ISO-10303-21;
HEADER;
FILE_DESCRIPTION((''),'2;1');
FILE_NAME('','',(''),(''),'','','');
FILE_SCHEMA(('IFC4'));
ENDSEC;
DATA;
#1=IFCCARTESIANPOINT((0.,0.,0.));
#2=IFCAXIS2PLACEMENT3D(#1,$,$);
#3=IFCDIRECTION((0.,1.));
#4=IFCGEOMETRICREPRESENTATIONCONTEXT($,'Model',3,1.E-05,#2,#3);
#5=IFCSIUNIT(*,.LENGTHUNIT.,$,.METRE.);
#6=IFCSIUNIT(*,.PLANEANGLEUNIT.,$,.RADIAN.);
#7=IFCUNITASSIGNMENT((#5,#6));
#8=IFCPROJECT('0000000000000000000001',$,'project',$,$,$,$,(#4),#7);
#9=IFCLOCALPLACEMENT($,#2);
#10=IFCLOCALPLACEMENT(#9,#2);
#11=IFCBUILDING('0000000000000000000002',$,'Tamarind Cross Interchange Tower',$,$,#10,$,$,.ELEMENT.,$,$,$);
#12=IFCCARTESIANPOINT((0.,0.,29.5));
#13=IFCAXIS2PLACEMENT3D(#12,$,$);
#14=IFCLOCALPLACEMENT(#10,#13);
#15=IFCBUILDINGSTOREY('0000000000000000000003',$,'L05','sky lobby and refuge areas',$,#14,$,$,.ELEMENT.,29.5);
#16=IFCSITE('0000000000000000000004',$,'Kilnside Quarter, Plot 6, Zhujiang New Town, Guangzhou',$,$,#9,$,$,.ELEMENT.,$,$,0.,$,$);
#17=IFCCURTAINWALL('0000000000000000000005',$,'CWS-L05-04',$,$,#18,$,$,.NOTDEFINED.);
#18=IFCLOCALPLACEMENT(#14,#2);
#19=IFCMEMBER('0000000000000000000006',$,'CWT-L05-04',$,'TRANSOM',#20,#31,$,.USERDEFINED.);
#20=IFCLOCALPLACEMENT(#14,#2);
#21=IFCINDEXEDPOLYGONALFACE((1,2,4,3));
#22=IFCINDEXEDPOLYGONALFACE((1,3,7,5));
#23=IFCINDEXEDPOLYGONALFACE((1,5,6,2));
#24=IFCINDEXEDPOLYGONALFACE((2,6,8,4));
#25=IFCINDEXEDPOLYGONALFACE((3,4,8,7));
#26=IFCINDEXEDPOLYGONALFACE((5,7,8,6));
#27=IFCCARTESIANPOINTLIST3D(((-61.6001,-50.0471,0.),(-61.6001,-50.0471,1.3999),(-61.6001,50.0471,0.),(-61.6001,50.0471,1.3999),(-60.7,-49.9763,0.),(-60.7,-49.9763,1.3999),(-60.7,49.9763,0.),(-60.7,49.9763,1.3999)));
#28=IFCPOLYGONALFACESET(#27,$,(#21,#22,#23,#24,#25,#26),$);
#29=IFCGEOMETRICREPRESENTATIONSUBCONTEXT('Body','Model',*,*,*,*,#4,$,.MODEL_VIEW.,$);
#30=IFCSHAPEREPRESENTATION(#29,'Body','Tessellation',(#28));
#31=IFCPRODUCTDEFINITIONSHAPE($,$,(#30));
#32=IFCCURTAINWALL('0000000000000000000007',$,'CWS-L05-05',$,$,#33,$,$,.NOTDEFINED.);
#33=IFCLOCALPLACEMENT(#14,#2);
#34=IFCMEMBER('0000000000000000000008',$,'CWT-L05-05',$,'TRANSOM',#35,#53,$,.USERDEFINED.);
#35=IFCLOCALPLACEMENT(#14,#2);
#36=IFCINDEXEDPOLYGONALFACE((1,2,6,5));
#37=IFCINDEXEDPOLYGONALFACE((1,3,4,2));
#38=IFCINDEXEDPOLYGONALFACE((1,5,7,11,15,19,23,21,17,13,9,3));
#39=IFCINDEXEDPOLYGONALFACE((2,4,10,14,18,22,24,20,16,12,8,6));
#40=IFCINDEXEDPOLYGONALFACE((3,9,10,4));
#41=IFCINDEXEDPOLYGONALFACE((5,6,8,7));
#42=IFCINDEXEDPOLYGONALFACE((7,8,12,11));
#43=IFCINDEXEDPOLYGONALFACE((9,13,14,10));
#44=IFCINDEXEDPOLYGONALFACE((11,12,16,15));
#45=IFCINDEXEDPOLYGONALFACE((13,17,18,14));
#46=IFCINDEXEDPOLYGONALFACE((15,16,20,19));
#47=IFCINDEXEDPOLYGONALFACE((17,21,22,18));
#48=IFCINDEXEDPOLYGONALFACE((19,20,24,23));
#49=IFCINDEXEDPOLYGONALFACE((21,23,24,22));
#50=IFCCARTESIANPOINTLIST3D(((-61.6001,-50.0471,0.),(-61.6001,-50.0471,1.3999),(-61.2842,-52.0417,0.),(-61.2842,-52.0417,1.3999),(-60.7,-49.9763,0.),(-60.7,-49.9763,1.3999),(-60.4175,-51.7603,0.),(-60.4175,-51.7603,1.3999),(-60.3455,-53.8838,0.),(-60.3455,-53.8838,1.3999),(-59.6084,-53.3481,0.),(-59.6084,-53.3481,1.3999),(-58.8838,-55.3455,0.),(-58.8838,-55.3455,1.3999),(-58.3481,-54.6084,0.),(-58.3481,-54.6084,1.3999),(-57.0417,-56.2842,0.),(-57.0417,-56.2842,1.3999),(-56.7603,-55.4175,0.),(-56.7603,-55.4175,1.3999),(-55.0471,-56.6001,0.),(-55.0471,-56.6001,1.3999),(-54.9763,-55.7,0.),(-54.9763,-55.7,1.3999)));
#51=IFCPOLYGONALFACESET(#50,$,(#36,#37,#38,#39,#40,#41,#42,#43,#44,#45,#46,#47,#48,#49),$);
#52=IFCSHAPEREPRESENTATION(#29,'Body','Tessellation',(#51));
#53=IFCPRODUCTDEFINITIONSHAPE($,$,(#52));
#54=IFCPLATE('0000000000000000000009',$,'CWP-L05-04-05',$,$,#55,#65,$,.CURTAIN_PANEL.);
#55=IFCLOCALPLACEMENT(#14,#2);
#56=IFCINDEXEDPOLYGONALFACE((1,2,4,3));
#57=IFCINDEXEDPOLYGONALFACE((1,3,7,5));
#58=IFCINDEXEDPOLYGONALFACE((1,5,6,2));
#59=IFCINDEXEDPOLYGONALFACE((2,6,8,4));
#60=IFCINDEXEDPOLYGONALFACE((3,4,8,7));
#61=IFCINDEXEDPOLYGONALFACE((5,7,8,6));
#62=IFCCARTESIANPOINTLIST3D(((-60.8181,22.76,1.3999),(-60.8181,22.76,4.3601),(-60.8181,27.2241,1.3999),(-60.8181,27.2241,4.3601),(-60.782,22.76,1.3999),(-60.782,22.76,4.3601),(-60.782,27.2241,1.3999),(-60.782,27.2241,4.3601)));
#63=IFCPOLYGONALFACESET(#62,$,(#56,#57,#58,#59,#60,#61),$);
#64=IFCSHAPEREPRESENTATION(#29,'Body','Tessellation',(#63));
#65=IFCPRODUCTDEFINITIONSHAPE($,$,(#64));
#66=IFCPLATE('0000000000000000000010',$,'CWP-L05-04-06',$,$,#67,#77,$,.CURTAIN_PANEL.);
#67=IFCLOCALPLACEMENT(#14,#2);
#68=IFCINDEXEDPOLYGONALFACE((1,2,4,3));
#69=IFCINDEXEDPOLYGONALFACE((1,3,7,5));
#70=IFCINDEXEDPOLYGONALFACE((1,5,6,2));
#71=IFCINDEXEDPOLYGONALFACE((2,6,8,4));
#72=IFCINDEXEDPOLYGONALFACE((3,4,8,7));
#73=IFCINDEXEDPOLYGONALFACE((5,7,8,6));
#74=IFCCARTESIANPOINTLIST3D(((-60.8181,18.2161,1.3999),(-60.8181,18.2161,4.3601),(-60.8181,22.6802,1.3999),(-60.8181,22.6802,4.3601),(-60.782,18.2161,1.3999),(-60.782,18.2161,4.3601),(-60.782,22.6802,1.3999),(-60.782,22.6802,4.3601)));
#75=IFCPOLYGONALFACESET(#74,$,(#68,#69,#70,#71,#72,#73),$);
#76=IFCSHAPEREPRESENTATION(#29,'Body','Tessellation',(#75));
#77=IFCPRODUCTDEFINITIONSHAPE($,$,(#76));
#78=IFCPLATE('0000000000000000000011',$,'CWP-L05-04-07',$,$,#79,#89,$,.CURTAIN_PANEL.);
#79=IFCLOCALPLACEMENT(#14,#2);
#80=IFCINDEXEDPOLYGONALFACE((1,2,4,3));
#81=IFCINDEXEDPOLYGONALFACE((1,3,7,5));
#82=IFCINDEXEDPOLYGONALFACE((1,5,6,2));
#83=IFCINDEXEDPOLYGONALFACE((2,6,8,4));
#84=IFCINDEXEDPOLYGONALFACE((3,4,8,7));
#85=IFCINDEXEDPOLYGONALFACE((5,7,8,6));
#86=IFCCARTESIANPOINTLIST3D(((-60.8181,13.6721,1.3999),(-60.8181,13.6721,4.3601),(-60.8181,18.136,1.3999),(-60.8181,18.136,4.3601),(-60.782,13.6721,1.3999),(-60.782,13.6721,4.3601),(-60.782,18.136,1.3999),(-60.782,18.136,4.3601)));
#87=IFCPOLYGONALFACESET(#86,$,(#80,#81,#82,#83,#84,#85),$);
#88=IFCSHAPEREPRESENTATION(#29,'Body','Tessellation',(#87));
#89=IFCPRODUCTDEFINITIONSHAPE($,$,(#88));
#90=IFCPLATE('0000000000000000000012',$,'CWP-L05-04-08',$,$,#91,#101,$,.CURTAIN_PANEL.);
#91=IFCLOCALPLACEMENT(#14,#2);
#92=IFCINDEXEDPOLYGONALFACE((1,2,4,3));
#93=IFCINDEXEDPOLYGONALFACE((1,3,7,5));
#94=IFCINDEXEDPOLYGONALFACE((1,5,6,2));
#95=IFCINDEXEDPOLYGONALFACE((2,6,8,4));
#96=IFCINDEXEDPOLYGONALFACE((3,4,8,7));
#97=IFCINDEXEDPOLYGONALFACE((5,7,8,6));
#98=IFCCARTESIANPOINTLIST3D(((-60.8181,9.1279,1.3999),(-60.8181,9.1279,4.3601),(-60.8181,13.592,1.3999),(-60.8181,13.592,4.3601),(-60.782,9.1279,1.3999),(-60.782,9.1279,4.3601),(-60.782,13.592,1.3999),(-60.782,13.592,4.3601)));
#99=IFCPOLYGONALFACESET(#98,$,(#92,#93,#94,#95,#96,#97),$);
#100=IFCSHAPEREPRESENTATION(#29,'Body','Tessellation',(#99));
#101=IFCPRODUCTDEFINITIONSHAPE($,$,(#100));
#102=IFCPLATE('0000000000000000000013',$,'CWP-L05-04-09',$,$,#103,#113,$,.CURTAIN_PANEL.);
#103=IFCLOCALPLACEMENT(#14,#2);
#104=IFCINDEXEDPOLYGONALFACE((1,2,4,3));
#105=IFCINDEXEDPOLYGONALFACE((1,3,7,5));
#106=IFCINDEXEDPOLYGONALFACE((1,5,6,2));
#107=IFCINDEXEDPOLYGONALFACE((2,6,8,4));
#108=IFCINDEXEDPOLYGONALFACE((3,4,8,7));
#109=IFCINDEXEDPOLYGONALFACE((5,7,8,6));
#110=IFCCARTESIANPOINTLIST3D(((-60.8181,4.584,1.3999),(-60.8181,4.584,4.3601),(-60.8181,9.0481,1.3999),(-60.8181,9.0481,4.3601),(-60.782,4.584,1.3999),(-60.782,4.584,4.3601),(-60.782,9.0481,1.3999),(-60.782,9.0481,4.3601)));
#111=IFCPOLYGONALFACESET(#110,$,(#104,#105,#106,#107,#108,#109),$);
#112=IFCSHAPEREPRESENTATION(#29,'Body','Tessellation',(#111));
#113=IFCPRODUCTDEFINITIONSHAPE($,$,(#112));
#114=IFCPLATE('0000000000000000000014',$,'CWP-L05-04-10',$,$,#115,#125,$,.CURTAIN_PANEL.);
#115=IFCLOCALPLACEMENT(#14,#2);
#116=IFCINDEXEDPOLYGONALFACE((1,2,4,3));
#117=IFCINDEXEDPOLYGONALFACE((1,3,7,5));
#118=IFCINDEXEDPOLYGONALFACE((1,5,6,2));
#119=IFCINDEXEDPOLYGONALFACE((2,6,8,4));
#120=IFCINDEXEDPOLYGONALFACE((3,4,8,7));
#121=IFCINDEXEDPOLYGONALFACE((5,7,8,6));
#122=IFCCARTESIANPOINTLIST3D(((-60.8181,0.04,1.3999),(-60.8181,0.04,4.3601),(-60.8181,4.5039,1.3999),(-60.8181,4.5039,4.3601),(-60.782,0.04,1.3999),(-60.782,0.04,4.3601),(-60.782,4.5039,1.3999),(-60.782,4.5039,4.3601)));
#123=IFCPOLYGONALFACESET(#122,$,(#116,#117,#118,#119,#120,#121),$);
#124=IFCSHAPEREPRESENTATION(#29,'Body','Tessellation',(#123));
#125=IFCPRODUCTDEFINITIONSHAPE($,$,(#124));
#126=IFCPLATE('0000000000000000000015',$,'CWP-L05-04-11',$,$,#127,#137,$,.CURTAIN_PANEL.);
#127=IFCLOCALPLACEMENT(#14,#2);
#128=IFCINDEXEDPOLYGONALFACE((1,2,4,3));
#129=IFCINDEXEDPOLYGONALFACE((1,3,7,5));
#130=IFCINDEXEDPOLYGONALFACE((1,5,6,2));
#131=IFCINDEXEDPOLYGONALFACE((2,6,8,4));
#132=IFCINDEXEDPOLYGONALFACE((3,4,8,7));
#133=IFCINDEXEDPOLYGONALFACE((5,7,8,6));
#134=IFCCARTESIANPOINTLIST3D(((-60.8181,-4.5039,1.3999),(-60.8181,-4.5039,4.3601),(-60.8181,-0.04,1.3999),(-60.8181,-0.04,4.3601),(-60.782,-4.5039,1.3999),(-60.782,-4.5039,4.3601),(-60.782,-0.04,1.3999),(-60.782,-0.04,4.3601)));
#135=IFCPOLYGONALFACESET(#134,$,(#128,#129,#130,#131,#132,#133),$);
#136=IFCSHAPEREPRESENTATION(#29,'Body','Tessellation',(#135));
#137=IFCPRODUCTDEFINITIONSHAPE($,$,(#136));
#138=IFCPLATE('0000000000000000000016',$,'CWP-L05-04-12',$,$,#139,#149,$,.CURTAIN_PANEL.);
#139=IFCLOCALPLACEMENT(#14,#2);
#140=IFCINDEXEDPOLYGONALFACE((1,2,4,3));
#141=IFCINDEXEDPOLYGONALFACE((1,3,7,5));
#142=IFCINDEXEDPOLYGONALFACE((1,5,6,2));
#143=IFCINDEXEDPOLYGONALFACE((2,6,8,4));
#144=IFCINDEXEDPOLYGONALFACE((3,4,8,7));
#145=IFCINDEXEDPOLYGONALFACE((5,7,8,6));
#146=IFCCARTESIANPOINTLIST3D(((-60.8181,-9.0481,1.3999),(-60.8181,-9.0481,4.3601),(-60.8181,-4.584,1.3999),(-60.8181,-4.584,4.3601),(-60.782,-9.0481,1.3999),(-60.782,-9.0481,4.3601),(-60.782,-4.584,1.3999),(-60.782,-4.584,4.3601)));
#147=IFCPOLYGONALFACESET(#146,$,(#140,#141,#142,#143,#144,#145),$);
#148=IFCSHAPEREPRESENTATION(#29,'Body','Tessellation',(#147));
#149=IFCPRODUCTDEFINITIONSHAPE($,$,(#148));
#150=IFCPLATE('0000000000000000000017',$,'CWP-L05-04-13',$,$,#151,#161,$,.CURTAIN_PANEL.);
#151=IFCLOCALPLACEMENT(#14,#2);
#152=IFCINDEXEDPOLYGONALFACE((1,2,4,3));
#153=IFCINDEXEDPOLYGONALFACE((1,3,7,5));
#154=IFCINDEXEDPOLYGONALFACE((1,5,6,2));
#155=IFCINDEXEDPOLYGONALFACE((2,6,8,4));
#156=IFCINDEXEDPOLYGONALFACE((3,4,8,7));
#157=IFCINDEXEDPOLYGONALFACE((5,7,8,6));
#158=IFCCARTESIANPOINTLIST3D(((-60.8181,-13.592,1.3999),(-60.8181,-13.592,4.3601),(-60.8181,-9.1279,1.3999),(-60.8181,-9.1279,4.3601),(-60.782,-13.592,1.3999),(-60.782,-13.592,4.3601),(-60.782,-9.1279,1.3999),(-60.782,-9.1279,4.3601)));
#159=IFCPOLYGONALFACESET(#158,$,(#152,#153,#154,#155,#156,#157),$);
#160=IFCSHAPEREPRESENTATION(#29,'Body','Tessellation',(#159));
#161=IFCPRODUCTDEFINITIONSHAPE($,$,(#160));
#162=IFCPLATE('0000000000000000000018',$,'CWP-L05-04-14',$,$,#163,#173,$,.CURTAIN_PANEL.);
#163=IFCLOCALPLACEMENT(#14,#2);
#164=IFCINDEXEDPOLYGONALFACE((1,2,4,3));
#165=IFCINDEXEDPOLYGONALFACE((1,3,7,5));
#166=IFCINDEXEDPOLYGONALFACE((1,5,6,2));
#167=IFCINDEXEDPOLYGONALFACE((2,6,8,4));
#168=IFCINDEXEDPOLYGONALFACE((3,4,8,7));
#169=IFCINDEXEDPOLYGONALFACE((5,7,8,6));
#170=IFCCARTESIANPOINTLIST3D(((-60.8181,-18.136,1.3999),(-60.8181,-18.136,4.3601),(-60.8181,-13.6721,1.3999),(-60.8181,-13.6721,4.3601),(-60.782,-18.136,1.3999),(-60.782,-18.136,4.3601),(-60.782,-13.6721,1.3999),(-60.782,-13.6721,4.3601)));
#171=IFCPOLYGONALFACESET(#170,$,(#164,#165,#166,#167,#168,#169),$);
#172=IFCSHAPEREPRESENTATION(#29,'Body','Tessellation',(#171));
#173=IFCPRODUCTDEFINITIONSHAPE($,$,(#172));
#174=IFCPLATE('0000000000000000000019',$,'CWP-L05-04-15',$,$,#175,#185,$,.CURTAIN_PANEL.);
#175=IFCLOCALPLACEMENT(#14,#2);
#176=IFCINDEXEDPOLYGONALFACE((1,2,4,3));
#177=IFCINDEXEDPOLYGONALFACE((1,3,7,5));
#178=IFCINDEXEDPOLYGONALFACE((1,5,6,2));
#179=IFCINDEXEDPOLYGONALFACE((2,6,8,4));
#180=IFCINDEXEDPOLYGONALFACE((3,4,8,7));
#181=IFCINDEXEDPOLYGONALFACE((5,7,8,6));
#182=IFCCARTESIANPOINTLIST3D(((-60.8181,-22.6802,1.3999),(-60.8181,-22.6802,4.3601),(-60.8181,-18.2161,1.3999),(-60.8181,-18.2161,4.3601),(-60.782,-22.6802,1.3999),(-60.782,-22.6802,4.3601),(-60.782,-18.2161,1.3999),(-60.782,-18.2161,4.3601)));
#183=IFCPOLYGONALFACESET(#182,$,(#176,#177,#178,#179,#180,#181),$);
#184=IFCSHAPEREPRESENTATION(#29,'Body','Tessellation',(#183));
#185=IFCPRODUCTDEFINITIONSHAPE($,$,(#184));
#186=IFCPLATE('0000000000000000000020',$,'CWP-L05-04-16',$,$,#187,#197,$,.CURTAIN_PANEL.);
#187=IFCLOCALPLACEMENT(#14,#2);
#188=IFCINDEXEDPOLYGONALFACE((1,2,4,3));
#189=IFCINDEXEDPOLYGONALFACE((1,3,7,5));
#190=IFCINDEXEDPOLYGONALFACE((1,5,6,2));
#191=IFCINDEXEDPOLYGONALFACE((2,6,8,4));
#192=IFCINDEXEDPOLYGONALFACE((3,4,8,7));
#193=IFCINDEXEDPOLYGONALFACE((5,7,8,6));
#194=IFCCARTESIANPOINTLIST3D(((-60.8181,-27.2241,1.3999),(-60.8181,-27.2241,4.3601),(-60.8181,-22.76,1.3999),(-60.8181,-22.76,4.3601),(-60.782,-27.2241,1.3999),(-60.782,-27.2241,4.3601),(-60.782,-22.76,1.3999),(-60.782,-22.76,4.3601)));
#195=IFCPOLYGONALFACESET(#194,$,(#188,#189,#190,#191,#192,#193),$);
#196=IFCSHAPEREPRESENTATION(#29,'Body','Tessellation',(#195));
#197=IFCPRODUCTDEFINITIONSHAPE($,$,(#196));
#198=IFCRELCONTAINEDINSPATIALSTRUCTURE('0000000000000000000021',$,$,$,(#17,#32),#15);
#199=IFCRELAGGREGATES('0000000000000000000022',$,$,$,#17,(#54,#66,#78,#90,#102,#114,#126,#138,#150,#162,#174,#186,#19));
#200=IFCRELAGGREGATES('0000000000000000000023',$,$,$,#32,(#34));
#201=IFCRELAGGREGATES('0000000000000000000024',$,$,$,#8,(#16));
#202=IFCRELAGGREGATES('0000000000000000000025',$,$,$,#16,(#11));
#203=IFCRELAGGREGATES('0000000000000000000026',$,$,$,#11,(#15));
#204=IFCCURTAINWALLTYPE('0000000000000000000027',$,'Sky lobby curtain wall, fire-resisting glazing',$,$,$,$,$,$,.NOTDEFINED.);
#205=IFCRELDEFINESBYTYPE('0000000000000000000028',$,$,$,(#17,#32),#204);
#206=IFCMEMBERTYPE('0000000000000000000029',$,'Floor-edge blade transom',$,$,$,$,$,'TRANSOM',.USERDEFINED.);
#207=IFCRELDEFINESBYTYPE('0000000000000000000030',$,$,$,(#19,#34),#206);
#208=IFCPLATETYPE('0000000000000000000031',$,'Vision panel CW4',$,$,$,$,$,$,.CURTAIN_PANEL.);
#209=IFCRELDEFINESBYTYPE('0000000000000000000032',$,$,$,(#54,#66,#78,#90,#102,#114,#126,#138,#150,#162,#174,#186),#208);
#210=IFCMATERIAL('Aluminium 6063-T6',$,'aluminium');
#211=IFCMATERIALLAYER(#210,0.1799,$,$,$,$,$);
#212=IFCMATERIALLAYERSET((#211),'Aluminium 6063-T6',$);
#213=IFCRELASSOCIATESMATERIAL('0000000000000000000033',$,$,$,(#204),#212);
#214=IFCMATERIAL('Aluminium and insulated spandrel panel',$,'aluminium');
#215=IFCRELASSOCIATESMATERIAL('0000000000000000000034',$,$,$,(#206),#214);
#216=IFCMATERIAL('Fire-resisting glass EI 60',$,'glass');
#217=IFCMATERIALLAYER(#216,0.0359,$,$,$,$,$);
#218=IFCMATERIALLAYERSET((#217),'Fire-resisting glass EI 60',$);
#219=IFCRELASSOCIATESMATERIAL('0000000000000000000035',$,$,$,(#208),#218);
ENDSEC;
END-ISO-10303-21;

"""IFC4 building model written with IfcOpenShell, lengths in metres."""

from ifc_helpers import new_model, si_unit, direction, frame, origin, place, context, subcontext, project, spatial, polyline, outline, extrude, material, layer, layer_set, type_object, element, aggregate, save


model = new_model("IFC4")

# Units and contexts
model_context = context("Model", 3, precision=1e-05, world=origin(), true_north=direction((0.0, 1.0)))
body_context = subcontext(model_context, "Body", "Model", "MODEL_VIEW")
ifc_project = project(units=[si_unit("LENGTHUNIT", "METRE"), si_unit("PLANEANGLEUNIT", "RADIAN")], contexts=[model_context])

# Site, building, storey
site_placement = place(None, origin())
site = spatial("IfcSite", under=ifc_project, at=site_placement, Name="Kilnside Quarter, Plot 6, Zhujiang New Town, Guangzhou", CompositionType="ELEMENT", RefElevation=0.0)
building_placement = place(site_placement, origin())
building = spatial("IfcBuilding", under=site, at=building_placement, Name="Tamarind Cross Interchange Tower", CompositionType="ELEMENT")
storey_placement = place(building_placement, frame((0.0, 0.0, 29.5)))
storey = spatial("IfcBuildingStorey", under=building, at=storey_placement, Name="L05", Description="sky lobby and refuge areas", CompositionType="ELEMENT", Elevation=29.5)

# Curtain walls, members
ifc_material_1 = material(Name="Aluminium 6063-T6", Category="aluminium")
ifc_layer_1 = layer(ifc_material_1, 0.1799)
ifc_layer_set_1 = layer_set([ifc_layer_1], Name="Aluminium 6063-T6")
curtain_wall_type = type_object("IfcCurtainWallType", Name="Sky lobby curtain wall, fire-resisting glazing", PredefinedType="NOTDEFINED", material=ifc_layer_set_1)
curtain_wall_1_placement = place(storey_placement, origin())
curtain_wall_1 = element("IfcCurtainWall", 1, at=curtain_wall_1_placement, inside=storey, type_object=curtain_wall_type, Name="CWS-L05-04", PredefinedType="NOTDEFINED")
ifc_material_2 = material(Name="Aluminium and insulated spandrel panel", Category="aluminium")
member_type = type_object("IfcMemberType", Name="Floor-edge blade transom", ElementType="TRANSOM", PredefinedType="USERDEFINED", material=ifc_material_2)
member_1_placement = place(storey_placement, origin())
member_1 = element("IfcMember", 2, at=member_1_placement, type_object=member_type, Name="CWT-L05-04", ObjectType="TRANSOM", PredefinedType="USERDEFINED", context=body_context, shape_type="SweptSolid", body=[
    extrude(outline(polyline([(-60.7, 49.9763), (-60.7, -49.9763), (-61.6001, -50.0471), (-61.6001, 50.0471), (-60.7, 49.9763)])), origin(), (0.0, 0.0, 1.0), 1.3999),
])
curtain_wall_2_placement = place(storey_placement, origin())
curtain_wall_2 = element("IfcCurtainWall", 3, at=curtain_wall_2_placement, inside=storey, type_object=curtain_wall_type, Name="CWS-L05-05", PredefinedType="NOTDEFINED")
member_2_placement = place(storey_placement, origin())
member_2 = element("IfcMember", 4, at=member_2_placement, type_object=member_type, Name="CWT-L05-05", ObjectType="TRANSOM", PredefinedType="USERDEFINED", context=body_context, shape_type="SweptSolid", body=[
    extrude(outline(polyline([(-60.7, -49.9763), (-60.4175, -51.7603), (-59.6084, -53.3481), (-58.3481, -54.6084), (-56.7603, -55.4175), (-54.9763, -55.7), (-55.0471, -56.6001), (-57.0417, -56.2842), (-58.8838, -55.3455), (-60.3455, -53.8838), (-61.2842, -52.0417), (-61.6001, -50.0471), (-60.7, -49.9763)])), origin(), (0.0, 0.0, 1.0), 1.3999),
])

# Plates
ifc_material_3 = material(Name="Fire-resisting glass EI 60", Category="glass")
ifc_layer_2 = layer(ifc_material_3, 0.0359)
ifc_layer_set_2 = layer_set([ifc_layer_2], Name="Fire-resisting glass EI 60")
plate_type = type_object("IfcPlateType", Name="Vision panel CW4", PredefinedType="CURTAIN_PANEL", material=ifc_layer_set_2)
plate_1_placement = place(storey_placement, frame((0.0, 0.0, 1.3999)))
plate_1 = element("IfcPlate", 5, at=plate_1_placement, type_object=plate_type, Name="CWP-L05-04-05", PredefinedType="CURTAIN_PANEL", context=body_context, shape_type="SweptSolid", body=[
    extrude(outline(polyline([(-60.782, 27.2241), (-60.782, 22.76), (-60.8181, 22.76), (-60.8181, 27.2241), (-60.782, 27.2241)])), origin(), (0.0, 0.0, 1.0), 2.9602),
])
plate_2_placement = place(storey_placement, frame((0.0, 0.0, 1.3999)))
plate_2 = element("IfcPlate", 6, at=plate_2_placement, type_object=plate_type, Name="CWP-L05-04-06", PredefinedType="CURTAIN_PANEL", context=body_context, shape_type="SweptSolid", body=[
    extrude(outline(polyline([(-60.782, 22.6802), (-60.782, 18.2161), (-60.8181, 18.2161), (-60.8181, 22.6802), (-60.782, 22.6802)])), origin(), (0.0, 0.0, 1.0), 2.9602),
])
plate_3_placement = place(storey_placement, frame((0.0, 0.0, 1.3999)))
plate_3 = element("IfcPlate", 7, at=plate_3_placement, type_object=plate_type, Name="CWP-L05-04-07", PredefinedType="CURTAIN_PANEL", context=body_context, shape_type="SweptSolid", body=[
    extrude(outline(polyline([(-60.782, 18.136), (-60.782, 13.6721), (-60.8181, 13.6721), (-60.8181, 18.136), (-60.782, 18.136)])), origin(), (0.0, 0.0, 1.0), 2.9602),
])
plate_4_placement = place(storey_placement, frame((0.0, 0.0, 1.3999)))
plate_4 = element("IfcPlate", 8, at=plate_4_placement, type_object=plate_type, Name="CWP-L05-04-08", PredefinedType="CURTAIN_PANEL", context=body_context, shape_type="SweptSolid", body=[
    extrude(outline(polyline([(-60.782, 13.592), (-60.782, 9.1279), (-60.8181, 9.1279), (-60.8181, 13.592), (-60.782, 13.592)])), origin(), (0.0, 0.0, 1.0), 2.9602),
])
plate_5_placement = place(storey_placement, frame((0.0, 0.0, 1.3999)))
plate_5 = element("IfcPlate", 9, at=plate_5_placement, type_object=plate_type, Name="CWP-L05-04-09", PredefinedType="CURTAIN_PANEL", context=body_context, shape_type="SweptSolid", body=[
    extrude(outline(polyline([(-60.782, 9.0481), (-60.782, 4.584), (-60.8181, 4.584), (-60.8181, 9.0481), (-60.782, 9.0481)])), origin(), (0.0, 0.0, 1.0), 2.9602),
])
plate_6_placement = place(storey_placement, frame((0.0, 0.0, 1.3999)))
plate_6 = element("IfcPlate", 10, at=plate_6_placement, type_object=plate_type, Name="CWP-L05-04-10", PredefinedType="CURTAIN_PANEL", context=body_context, shape_type="SweptSolid", body=[
    extrude(outline(polyline([(-60.782, 4.5039), (-60.782, 0.04), (-60.8181, 0.04), (-60.8181, 4.5039), (-60.782, 4.5039)])), origin(), (0.0, 0.0, 1.0), 2.9602),
])
plate_7_placement = place(storey_placement, frame((0.0, 0.0, 1.3999)))
plate_7 = element("IfcPlate", 11, at=plate_7_placement, type_object=plate_type, Name="CWP-L05-04-11", PredefinedType="CURTAIN_PANEL", context=body_context, shape_type="SweptSolid", body=[
    extrude(outline(polyline([(-60.782, -0.04), (-60.782, -4.5039), (-60.8181, -4.5039), (-60.8181, -0.04), (-60.782, -0.04)])), origin(), (0.0, 0.0, 1.0), 2.9602),
])
plate_8_placement = place(storey_placement, frame((0.0, 0.0, 1.3999)))
plate_8 = element("IfcPlate", 12, at=plate_8_placement, type_object=plate_type, Name="CWP-L05-04-12", PredefinedType="CURTAIN_PANEL", context=body_context, shape_type="SweptSolid", body=[
    extrude(outline(polyline([(-60.782, -4.584), (-60.782, -9.0481), (-60.8181, -9.0481), (-60.8181, -4.584), (-60.782, -4.584)])), origin(), (0.0, 0.0, 1.0), 2.9602),
])
plate_9_placement = place(storey_placement, frame((0.0, 0.0, 1.3999)))
plate_9 = element("IfcPlate", 13, at=plate_9_placement, type_object=plate_type, Name="CWP-L05-04-13", PredefinedType="CURTAIN_PANEL", context=body_context, shape_type="SweptSolid", body=[
    extrude(outline(polyline([(-60.782, -9.1279), (-60.782, -13.592), (-60.8181, -13.592), (-60.8181, -9.1279), (-60.782, -9.1279)])), origin(), (0.0, 0.0, 1.0), 2.9602),
])
plate_10_placement = place(storey_placement, frame((0.0, 0.0, 1.3999)))
plate_10 = element("IfcPlate", 14, at=plate_10_placement, type_object=plate_type, Name="CWP-L05-04-14", PredefinedType="CURTAIN_PANEL", context=body_context, shape_type="SweptSolid", body=[
    extrude(outline(polyline([(-60.782, -13.6721), (-60.782, -18.136), (-60.8181, -18.136), (-60.8181, -13.6721), (-60.782, -13.6721)])), origin(), (0.0, 0.0, 1.0), 2.9602),
])
plate_11_placement = place(storey_placement, frame((0.0, 0.0, 1.3999)))
plate_11 = element("IfcPlate", 15, at=plate_11_placement, type_object=plate_type, Name="CWP-L05-04-15", PredefinedType="CURTAIN_PANEL", context=body_context, shape_type="SweptSolid", body=[
    extrude(outline(polyline([(-60.782, -18.2161), (-60.782, -22.6802), (-60.8181, -22.6802), (-60.8181, -18.2161), (-60.782, -18.2161)])), origin(), (0.0, 0.0, 1.0), 2.9602),
])
plate_12_placement = place(storey_placement, frame((0.0, 0.0, 1.3999)))
plate_12 = element("IfcPlate", 16, at=plate_12_placement, type_object=plate_type, Name="CWP-L05-04-16", PredefinedType="CURTAIN_PANEL", context=body_context, shape_type="SweptSolid", body=[
    extrude(outline(polyline([(-60.782, -22.76), (-60.782, -27.2241), (-60.8181, -27.2241), (-60.8181, -22.76), (-60.782, -22.76)])), origin(), (0.0, 0.0, 1.0), 2.9602),
])
aggregate(curtain_wall_1, [plate_1, plate_2, plate_3, plate_4, plate_5, plate_6, plate_7, plate_8, plate_9, plate_10, plate_11, plate_12, member_1])
aggregate(curtain_wall_2, [member_2])

save(model, "model.ifc")
